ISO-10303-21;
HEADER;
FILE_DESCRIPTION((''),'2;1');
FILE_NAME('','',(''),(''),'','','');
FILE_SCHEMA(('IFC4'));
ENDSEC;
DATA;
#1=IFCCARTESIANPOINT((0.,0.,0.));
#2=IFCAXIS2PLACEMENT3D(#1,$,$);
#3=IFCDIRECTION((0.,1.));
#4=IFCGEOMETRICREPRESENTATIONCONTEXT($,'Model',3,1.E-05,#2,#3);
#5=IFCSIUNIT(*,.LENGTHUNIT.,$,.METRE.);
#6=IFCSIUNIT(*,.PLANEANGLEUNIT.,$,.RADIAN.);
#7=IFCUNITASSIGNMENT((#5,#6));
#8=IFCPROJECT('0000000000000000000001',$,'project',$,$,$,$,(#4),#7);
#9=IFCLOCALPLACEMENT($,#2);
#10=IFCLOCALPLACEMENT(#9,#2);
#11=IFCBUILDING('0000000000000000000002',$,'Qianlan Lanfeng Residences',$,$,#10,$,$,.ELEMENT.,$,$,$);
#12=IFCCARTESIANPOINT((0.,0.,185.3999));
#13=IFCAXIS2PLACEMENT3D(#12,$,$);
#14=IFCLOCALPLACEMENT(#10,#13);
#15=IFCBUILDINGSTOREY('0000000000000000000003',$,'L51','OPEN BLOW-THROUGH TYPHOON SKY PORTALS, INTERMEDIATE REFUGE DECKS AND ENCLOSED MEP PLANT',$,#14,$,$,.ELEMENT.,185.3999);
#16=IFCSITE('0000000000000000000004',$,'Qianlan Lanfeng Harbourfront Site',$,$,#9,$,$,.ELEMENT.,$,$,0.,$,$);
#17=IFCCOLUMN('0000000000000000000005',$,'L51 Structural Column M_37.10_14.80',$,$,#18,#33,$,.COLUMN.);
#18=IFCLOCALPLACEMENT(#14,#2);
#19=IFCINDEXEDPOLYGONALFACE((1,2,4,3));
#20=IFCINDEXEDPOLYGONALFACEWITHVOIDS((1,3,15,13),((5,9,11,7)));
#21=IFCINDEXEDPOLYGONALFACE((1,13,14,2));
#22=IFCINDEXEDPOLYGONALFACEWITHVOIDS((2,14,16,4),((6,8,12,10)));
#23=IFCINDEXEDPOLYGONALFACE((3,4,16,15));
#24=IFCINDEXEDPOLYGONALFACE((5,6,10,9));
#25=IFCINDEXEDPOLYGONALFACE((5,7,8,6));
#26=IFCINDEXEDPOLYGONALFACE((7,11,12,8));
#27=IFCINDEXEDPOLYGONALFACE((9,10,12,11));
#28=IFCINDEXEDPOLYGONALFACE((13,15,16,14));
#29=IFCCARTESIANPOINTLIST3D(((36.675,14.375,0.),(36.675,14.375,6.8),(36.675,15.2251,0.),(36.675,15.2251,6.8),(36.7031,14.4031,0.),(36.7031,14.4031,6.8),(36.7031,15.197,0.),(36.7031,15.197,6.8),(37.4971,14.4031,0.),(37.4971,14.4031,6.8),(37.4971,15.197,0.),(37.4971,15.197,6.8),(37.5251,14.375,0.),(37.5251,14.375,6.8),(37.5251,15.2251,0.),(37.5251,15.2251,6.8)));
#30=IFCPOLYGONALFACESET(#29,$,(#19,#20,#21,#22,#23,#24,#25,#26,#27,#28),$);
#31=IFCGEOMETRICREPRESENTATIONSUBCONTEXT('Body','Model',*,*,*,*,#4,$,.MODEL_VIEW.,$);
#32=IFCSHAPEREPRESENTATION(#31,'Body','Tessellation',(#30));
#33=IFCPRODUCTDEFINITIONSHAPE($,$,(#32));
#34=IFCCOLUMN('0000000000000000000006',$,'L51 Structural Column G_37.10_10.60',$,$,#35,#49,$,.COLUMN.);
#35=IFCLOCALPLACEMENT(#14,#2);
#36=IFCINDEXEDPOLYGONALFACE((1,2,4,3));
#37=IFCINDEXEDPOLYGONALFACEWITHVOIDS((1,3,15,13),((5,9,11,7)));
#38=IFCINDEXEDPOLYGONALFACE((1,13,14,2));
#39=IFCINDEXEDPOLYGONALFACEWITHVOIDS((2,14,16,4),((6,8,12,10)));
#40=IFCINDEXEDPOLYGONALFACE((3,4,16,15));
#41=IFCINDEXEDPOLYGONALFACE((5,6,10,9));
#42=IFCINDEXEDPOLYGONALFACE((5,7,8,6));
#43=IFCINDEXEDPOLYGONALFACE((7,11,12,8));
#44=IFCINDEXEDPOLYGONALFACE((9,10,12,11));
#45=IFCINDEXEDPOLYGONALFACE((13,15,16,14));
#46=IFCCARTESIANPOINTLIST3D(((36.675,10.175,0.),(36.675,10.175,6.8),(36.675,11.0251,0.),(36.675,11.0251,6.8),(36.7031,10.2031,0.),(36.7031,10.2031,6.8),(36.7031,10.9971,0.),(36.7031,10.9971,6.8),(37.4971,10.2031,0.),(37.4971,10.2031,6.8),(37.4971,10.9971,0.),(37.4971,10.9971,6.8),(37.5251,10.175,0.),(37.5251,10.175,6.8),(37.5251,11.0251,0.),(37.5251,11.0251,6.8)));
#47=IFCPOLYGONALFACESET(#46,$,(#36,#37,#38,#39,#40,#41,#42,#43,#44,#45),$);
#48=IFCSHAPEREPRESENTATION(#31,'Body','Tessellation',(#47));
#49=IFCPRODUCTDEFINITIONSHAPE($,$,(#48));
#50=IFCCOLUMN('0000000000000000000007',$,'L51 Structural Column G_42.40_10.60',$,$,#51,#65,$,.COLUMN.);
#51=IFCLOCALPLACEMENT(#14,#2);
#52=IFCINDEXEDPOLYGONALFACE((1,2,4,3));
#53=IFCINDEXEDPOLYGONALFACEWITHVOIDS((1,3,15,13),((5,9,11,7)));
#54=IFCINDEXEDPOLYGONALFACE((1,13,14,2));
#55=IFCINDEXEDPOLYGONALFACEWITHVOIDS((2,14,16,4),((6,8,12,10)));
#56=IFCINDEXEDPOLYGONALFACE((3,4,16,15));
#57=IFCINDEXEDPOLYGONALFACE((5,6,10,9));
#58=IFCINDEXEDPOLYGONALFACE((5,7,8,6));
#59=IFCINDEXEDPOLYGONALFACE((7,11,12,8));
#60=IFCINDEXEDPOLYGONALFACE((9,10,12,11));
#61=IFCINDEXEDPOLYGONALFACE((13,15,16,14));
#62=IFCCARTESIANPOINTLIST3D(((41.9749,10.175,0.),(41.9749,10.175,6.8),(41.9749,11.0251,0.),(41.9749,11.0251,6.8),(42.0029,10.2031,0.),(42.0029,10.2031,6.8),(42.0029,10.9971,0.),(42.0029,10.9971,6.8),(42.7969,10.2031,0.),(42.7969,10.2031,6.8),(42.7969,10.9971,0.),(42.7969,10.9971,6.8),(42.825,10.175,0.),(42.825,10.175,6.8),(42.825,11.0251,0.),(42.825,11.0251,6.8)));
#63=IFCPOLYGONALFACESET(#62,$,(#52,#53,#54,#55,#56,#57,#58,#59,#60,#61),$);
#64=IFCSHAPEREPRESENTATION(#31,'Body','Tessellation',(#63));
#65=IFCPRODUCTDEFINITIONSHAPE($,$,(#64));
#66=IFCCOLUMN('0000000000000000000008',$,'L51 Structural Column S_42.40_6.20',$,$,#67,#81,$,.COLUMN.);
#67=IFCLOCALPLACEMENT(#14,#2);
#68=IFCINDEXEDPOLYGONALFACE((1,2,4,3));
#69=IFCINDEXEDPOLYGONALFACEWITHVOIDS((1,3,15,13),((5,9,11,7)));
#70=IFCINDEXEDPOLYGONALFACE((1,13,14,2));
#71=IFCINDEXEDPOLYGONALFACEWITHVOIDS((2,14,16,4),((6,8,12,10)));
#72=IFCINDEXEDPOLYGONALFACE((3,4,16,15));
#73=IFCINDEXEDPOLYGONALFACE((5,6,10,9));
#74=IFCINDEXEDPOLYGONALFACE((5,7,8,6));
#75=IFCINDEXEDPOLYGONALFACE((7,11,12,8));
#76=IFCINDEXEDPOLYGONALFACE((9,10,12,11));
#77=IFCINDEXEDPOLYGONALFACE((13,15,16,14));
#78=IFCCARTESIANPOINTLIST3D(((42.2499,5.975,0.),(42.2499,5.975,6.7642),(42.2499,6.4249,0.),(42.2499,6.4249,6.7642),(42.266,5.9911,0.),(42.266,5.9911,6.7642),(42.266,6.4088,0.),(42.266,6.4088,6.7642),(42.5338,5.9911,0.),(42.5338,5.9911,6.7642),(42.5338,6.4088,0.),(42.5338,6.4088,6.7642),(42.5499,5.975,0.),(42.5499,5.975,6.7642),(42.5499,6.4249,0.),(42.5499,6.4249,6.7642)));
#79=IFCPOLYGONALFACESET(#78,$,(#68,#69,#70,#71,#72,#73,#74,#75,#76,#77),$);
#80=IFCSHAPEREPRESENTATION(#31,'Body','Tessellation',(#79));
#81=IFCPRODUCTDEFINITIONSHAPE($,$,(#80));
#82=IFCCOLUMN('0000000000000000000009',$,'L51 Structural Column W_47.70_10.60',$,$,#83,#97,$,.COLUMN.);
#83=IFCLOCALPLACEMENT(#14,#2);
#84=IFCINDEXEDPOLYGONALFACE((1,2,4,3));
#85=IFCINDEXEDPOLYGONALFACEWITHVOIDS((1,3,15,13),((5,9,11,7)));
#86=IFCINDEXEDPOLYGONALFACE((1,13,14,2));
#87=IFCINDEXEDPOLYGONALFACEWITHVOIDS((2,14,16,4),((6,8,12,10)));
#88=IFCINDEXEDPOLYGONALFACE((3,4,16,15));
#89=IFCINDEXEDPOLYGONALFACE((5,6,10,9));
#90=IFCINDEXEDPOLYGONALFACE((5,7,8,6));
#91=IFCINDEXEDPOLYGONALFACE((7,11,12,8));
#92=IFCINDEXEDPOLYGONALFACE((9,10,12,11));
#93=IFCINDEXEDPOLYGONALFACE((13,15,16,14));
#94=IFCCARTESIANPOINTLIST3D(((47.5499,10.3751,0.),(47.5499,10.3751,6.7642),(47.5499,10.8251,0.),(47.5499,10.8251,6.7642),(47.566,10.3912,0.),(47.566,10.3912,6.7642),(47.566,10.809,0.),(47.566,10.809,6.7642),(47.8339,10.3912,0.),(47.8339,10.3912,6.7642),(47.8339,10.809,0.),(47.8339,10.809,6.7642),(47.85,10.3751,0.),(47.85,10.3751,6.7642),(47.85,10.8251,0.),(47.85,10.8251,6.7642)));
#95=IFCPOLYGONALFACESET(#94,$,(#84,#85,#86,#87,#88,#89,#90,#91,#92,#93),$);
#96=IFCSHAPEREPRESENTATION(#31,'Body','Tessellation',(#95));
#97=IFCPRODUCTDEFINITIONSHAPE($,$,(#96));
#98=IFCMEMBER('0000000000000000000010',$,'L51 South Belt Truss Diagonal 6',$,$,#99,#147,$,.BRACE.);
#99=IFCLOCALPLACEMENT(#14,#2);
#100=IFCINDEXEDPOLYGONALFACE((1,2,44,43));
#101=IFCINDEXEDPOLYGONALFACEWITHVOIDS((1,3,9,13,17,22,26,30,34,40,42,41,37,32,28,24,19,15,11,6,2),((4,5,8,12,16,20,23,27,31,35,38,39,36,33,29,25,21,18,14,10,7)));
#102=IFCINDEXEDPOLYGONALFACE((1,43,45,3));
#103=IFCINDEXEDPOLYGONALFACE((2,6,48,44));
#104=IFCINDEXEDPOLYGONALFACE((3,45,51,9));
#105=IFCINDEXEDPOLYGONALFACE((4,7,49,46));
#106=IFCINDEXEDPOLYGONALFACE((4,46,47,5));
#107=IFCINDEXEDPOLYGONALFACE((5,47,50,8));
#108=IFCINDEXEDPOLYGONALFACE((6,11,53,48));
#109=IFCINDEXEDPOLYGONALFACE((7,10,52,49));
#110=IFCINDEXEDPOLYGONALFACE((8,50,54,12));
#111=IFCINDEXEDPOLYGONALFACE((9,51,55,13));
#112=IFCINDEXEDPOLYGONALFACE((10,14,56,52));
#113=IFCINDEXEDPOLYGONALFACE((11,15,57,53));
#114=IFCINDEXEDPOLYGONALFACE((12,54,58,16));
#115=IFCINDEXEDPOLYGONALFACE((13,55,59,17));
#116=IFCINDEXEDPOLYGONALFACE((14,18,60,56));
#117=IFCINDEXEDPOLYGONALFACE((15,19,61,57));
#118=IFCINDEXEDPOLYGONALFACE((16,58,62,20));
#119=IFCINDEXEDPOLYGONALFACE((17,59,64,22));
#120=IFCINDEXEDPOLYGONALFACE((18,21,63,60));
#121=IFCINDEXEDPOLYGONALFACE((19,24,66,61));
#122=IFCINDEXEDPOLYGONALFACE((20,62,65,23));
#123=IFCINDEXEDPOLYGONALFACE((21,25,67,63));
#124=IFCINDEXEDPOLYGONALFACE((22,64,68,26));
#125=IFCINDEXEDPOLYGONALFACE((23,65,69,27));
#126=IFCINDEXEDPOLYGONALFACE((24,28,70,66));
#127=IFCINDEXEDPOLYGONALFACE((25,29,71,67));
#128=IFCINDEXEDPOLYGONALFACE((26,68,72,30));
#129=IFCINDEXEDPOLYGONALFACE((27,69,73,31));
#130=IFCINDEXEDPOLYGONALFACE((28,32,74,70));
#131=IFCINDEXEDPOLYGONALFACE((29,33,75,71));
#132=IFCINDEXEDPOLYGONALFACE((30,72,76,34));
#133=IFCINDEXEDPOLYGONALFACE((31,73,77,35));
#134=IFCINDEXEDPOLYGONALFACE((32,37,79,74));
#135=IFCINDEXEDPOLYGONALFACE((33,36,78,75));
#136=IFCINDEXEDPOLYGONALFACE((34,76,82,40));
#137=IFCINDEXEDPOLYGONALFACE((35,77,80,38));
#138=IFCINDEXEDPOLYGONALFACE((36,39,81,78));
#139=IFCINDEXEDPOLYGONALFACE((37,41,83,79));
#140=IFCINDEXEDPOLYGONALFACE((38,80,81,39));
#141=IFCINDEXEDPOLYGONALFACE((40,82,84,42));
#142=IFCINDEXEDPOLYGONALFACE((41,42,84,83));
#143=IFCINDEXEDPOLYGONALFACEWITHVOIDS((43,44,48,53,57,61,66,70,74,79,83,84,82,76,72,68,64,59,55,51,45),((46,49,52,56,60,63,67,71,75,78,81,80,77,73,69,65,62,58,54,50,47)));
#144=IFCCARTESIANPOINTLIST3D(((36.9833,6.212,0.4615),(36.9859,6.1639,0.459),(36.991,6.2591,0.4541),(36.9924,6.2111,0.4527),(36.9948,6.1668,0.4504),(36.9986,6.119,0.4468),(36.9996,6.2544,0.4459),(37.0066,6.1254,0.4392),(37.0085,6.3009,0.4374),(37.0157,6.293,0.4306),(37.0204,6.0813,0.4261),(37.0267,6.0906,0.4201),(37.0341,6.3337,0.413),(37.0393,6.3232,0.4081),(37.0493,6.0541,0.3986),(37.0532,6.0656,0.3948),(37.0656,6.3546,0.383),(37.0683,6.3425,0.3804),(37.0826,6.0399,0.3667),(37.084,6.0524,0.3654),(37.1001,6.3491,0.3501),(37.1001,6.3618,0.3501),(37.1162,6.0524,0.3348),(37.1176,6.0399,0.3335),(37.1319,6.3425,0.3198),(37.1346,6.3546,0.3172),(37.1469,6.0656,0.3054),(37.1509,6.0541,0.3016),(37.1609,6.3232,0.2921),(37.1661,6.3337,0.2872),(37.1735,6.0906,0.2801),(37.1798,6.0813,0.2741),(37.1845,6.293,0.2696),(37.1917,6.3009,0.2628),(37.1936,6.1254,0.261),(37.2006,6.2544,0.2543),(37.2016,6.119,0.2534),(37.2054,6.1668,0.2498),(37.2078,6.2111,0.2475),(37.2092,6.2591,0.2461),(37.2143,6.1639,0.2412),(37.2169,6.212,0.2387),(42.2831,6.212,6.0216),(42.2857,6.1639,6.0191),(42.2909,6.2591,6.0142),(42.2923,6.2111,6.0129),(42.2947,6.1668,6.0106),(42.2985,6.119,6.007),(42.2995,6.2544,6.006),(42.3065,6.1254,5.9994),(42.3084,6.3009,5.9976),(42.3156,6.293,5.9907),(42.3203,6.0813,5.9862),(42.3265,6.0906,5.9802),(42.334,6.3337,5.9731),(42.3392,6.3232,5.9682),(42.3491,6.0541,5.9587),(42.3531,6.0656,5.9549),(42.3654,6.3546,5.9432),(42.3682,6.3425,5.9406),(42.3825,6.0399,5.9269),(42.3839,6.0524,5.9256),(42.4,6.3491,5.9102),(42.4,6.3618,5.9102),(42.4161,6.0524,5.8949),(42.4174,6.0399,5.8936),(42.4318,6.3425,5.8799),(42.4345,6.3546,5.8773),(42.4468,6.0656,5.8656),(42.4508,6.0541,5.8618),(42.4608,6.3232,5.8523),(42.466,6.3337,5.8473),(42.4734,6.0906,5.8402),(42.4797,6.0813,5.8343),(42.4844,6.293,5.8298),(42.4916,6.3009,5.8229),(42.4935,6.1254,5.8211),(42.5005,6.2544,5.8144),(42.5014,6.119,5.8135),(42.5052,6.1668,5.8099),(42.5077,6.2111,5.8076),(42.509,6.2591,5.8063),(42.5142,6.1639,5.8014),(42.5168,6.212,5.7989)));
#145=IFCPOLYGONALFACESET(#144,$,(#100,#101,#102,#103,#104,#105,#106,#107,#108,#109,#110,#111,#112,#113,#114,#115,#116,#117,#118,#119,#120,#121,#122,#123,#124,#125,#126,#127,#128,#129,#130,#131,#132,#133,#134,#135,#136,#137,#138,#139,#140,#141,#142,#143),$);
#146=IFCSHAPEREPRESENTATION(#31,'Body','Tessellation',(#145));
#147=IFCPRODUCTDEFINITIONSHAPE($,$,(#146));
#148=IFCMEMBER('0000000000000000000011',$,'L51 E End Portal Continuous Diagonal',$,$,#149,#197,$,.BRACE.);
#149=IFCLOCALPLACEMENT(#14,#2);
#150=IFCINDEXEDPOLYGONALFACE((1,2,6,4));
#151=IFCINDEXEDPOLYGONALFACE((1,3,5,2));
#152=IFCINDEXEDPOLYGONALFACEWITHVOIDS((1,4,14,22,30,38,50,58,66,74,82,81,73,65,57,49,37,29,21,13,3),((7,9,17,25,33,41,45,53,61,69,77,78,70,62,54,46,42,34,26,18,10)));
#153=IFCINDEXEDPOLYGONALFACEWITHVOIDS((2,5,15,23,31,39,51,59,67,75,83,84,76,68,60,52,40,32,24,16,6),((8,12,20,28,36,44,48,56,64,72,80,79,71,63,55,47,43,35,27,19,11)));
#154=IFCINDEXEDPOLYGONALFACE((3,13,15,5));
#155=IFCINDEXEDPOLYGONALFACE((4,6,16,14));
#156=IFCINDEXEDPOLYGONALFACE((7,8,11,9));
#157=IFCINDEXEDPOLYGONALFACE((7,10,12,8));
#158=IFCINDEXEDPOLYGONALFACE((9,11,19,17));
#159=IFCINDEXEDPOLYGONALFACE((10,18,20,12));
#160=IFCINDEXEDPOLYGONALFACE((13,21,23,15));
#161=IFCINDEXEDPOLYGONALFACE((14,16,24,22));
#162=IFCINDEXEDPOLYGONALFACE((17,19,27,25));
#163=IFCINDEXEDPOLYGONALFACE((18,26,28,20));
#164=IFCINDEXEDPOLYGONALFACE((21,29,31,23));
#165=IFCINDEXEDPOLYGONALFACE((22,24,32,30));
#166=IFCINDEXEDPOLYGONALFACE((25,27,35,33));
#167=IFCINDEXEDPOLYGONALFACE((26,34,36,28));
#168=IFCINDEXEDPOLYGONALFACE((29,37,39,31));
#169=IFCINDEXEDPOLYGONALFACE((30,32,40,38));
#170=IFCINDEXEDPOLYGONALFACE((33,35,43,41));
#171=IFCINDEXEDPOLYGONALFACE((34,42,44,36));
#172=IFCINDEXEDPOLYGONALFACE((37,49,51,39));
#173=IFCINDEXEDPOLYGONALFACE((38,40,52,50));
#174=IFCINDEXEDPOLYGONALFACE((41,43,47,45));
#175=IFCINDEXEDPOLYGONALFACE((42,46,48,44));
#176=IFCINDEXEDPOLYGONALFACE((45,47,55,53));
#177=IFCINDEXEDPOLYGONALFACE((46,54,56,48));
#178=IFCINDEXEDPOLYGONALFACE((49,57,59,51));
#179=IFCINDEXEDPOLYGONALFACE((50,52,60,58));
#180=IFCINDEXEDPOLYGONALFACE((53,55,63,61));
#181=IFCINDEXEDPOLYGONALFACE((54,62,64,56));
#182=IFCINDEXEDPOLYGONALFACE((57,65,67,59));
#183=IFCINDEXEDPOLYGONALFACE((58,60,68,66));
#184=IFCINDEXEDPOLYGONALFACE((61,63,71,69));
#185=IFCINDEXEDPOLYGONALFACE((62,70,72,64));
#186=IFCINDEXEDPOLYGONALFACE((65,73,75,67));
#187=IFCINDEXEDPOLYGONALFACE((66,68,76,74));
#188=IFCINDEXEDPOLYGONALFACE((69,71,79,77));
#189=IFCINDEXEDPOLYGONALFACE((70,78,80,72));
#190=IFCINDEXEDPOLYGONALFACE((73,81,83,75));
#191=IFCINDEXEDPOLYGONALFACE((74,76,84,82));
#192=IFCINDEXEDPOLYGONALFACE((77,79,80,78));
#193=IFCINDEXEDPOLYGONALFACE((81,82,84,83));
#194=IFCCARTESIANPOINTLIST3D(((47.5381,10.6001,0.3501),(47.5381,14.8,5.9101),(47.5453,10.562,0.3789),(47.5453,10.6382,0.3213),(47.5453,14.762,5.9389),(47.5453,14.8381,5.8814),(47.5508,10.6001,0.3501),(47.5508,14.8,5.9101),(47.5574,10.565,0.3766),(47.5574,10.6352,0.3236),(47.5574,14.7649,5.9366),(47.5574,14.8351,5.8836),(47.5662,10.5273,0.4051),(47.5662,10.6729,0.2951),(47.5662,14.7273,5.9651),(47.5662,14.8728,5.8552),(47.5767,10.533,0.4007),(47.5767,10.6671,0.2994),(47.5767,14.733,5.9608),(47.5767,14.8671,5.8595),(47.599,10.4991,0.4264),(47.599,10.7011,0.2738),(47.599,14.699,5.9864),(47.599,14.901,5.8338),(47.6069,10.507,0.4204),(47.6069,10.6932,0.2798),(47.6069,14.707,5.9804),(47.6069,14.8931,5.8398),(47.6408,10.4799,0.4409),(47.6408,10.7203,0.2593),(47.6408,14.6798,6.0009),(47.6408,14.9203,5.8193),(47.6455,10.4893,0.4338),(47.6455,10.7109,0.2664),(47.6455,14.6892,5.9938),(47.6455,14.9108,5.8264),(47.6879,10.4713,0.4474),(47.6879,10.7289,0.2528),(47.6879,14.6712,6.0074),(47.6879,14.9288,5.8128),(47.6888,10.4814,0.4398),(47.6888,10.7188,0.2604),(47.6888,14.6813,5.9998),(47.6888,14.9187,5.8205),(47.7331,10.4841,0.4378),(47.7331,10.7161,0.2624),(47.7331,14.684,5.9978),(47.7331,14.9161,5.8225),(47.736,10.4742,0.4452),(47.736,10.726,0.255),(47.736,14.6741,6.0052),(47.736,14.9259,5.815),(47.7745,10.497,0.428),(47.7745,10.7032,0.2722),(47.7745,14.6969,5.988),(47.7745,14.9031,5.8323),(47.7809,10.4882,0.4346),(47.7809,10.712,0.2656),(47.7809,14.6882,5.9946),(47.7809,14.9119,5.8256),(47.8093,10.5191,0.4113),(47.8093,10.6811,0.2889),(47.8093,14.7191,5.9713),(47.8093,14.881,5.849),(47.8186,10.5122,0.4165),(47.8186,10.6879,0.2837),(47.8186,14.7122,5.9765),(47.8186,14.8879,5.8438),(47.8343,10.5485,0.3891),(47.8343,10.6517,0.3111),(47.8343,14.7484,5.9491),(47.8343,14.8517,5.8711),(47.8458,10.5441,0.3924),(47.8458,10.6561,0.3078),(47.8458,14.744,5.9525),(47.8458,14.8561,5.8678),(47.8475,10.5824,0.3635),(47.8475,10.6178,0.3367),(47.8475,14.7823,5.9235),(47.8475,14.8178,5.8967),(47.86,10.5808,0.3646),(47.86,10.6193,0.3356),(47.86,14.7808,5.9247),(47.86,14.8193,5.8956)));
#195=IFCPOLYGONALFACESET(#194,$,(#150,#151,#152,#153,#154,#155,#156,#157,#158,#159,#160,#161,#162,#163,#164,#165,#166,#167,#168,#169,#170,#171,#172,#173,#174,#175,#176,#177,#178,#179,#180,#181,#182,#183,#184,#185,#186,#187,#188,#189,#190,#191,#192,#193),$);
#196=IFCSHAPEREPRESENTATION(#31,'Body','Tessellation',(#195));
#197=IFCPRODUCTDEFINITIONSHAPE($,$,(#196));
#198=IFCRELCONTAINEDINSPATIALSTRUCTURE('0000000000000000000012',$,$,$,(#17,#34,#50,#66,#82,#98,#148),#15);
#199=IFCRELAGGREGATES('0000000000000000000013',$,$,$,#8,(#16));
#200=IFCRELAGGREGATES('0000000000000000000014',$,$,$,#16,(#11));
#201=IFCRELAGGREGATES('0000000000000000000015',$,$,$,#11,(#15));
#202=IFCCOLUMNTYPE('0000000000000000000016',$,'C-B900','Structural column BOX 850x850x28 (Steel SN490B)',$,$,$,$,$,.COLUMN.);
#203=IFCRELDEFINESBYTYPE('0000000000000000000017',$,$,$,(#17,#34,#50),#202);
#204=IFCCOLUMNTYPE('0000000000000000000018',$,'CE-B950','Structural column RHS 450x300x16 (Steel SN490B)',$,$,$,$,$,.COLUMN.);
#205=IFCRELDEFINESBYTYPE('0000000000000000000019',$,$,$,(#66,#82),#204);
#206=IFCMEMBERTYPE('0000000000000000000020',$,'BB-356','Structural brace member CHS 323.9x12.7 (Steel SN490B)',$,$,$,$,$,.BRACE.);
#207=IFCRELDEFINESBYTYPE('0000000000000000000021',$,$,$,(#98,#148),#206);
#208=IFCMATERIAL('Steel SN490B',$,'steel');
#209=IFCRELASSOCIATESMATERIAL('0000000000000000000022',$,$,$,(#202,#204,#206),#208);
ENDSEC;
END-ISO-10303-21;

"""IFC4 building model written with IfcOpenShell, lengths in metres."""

from ifc_helpers import new_model, si_unit, direction, frame, origin, origin_2d, place, context, subcontext, project, spatial, hollow_rectangle, hollow_circle, extrude, material, material_profile, profile_set, type_object, element, save


model = new_model("IFC4")

# Units and contexts
model_context = context("Model", 3, precision=1e-05, world=origin(), true_north=direction((0.0, 1.0)))
body_context = subcontext(model_context, "Body", "Model", "MODEL_VIEW")
ifc_project = project(units=[si_unit("LENGTHUNIT", "METRE"), si_unit("PLANEANGLEUNIT", "RADIAN")], contexts=[model_context])

# Site, building, storey
site_placement = place(None, origin())
site = spatial("IfcSite", under=ifc_project, at=site_placement, Name="Qianlan Lanfeng Harbourfront Site", CompositionType="ELEMENT", RefElevation=0.0)
building_placement = place(site_placement, origin())
building = spatial("IfcBuilding", under=site, at=building_placement, Name="Qianlan Lanfeng Residences", CompositionType="ELEMENT")
storey_placement = place(building_placement, frame((0.0, 0.0, 185.3999)))
storey = spatial("IfcBuildingStorey", under=building, at=storey_placement, Name="L51", Description="OPEN BLOW-THROUGH TYPHOON SKY PORTALS, INTERMEDIATE REFUGE DECKS AND ENCLOSED MEP PLANT", CompositionType="ELEMENT", Elevation=185.3999)

# Columns
ifc_material_1 = material(Name="Steel SN490B", Category="steel")
ifc_material_profile_1 = material_profile(ifc_material_1, hollow_rectangle(XDim=0.8501, YDim=0.8501, WallThickness=0.0281, at=origin_2d()), Name="BOX 850x850x28")
ifc_profile_set_1 = profile_set([ifc_material_profile_1], Name="Steel SN490B")
column_type_1 = type_object("IfcColumnType", Name="C-B900", Description="Structural column BOX 850x850x28 (Steel SN490B)", PredefinedType="COLUMN", material=ifc_profile_set_1)
for number, where, z_axis, x_axis, name in (
    (1, (37.1001, 14.8, 0.0), (0.0, 0.0, 1.0), (1.0, 0.0, 0.0), "L51 Structural Column M_37.10_14.80"),
    (2, (37.1001, 10.6001, 0.0), (0.0, 0.0, 1.0), (1.0, 0.0, 0.0), "L51 Structural Column G_37.10_10.60"),
    (3, (42.3999, 10.6001, 0.0), (0.0, 0.0, 1.0), (1.0, 0.0, 0.0), "L51 Structural Column G_42.40_10.60"),
):
    element("IfcColumn", number, at=place(storey_placement, frame(where, z_axis=z_axis, x_axis=x_axis)), inside=storey, type_object=column_type_1, Name=name, PredefinedType="COLUMN", context=body_context, shape_type="SweptSolid", body=[
        extrude(hollow_rectangle(XDim=0.8501, YDim=0.8501, WallThickness=0.0281, at=origin_2d()), origin(), (0.0, 0.0, 1.0), 6.8),
    ])
ifc_material_profile_2 = material_profile(ifc_material_1, hollow_rectangle(XDim=0.3, YDim=0.45, WallThickness=0.0161, at=origin_2d()), Name="RHS 450x300x16")
ifc_profile_set_2 = profile_set([ifc_material_profile_2], Name="Steel SN490B")
column_type_2 = type_object("IfcColumnType", Name="CE-B950", Description="Structural column RHS 450x300x16 (Steel SN490B)", PredefinedType="COLUMN", material=ifc_profile_set_2)
for number, where, z_axis, x_axis, name in (
    (4, (42.3999, 6.2, 0.0), (0.0, 0.0, 1.0), (1.0, 0.0, 0.0), "L51 Structural Column S_42.40_6.20"),
    (5, (47.7, 10.6001, 0.0), (0.0, 0.0, 1.0), (1.0, 0.0, 0.0), "L51 Structural Column W_47.70_10.60"),
):
    element("IfcColumn", number, at=place(storey_placement, frame(where, z_axis=z_axis, x_axis=x_axis)), inside=storey, type_object=column_type_2, Name=name, PredefinedType="COLUMN", context=body_context, shape_type="SweptSolid", body=[
        extrude(hollow_rectangle(XDim=0.3, YDim=0.45, WallThickness=0.0161, at=origin_2d()), origin(), (0.0, 0.0, 1.0), 6.7642),
    ])

# Members
ifc_material_profile_3 = material_profile(ifc_material_1, hollow_circle(Radius=0.1619, WallThickness=0.0127, at=origin_2d()), Name="CHS 323.9x12.7")
ifc_profile_set_3 = profile_set([ifc_material_profile_3], Name="Steel SN490B")
member_type_1 = type_object("IfcMemberType", Name="BB-356", Description="Structural brace member CHS 323.9x12.7 (Steel SN490B)", PredefinedType="BRACE", material=ifc_profile_set_3)
member_1_placement = place(storey_placement, frame((37.1001, 6.2, 0.3501), z_axis=(0.689963, 0.0, 0.723845), x_axis=(0.0, 1.0, 0.0)))
element("IfcMember", 6, at=member_1_placement, inside=storey, type_object=member_type_1, Name="L51 South Belt Truss Diagonal 6", PredefinedType="BRACE", context=body_context, shape_type="SweptSolid", body=[
    extrude(hollow_circle(Radius=0.1619, WallThickness=0.0127, at=origin_2d()), origin(), (0.0, 0.0, 1.0), 7.6814),
])
member_2_placement = place(storey_placement, frame((47.7, 10.6001, 0.3501), z_axis=(0.0, 0.602743, 0.797935), x_axis=(-1.0, 0.0, 0.0)))
element("IfcMember", 7, at=member_2_placement, inside=storey, type_object=member_type_1, Name="L51 E End Portal Continuous Diagonal", PredefinedType="BRACE", context=body_context, shape_type="SweptSolid", body=[
    extrude(hollow_circle(Radius=0.1619, WallThickness=0.0127, at=origin_2d()), origin(), (0.0, 0.0, 1.0), 6.968),
])

save(model, "model.ifc")
